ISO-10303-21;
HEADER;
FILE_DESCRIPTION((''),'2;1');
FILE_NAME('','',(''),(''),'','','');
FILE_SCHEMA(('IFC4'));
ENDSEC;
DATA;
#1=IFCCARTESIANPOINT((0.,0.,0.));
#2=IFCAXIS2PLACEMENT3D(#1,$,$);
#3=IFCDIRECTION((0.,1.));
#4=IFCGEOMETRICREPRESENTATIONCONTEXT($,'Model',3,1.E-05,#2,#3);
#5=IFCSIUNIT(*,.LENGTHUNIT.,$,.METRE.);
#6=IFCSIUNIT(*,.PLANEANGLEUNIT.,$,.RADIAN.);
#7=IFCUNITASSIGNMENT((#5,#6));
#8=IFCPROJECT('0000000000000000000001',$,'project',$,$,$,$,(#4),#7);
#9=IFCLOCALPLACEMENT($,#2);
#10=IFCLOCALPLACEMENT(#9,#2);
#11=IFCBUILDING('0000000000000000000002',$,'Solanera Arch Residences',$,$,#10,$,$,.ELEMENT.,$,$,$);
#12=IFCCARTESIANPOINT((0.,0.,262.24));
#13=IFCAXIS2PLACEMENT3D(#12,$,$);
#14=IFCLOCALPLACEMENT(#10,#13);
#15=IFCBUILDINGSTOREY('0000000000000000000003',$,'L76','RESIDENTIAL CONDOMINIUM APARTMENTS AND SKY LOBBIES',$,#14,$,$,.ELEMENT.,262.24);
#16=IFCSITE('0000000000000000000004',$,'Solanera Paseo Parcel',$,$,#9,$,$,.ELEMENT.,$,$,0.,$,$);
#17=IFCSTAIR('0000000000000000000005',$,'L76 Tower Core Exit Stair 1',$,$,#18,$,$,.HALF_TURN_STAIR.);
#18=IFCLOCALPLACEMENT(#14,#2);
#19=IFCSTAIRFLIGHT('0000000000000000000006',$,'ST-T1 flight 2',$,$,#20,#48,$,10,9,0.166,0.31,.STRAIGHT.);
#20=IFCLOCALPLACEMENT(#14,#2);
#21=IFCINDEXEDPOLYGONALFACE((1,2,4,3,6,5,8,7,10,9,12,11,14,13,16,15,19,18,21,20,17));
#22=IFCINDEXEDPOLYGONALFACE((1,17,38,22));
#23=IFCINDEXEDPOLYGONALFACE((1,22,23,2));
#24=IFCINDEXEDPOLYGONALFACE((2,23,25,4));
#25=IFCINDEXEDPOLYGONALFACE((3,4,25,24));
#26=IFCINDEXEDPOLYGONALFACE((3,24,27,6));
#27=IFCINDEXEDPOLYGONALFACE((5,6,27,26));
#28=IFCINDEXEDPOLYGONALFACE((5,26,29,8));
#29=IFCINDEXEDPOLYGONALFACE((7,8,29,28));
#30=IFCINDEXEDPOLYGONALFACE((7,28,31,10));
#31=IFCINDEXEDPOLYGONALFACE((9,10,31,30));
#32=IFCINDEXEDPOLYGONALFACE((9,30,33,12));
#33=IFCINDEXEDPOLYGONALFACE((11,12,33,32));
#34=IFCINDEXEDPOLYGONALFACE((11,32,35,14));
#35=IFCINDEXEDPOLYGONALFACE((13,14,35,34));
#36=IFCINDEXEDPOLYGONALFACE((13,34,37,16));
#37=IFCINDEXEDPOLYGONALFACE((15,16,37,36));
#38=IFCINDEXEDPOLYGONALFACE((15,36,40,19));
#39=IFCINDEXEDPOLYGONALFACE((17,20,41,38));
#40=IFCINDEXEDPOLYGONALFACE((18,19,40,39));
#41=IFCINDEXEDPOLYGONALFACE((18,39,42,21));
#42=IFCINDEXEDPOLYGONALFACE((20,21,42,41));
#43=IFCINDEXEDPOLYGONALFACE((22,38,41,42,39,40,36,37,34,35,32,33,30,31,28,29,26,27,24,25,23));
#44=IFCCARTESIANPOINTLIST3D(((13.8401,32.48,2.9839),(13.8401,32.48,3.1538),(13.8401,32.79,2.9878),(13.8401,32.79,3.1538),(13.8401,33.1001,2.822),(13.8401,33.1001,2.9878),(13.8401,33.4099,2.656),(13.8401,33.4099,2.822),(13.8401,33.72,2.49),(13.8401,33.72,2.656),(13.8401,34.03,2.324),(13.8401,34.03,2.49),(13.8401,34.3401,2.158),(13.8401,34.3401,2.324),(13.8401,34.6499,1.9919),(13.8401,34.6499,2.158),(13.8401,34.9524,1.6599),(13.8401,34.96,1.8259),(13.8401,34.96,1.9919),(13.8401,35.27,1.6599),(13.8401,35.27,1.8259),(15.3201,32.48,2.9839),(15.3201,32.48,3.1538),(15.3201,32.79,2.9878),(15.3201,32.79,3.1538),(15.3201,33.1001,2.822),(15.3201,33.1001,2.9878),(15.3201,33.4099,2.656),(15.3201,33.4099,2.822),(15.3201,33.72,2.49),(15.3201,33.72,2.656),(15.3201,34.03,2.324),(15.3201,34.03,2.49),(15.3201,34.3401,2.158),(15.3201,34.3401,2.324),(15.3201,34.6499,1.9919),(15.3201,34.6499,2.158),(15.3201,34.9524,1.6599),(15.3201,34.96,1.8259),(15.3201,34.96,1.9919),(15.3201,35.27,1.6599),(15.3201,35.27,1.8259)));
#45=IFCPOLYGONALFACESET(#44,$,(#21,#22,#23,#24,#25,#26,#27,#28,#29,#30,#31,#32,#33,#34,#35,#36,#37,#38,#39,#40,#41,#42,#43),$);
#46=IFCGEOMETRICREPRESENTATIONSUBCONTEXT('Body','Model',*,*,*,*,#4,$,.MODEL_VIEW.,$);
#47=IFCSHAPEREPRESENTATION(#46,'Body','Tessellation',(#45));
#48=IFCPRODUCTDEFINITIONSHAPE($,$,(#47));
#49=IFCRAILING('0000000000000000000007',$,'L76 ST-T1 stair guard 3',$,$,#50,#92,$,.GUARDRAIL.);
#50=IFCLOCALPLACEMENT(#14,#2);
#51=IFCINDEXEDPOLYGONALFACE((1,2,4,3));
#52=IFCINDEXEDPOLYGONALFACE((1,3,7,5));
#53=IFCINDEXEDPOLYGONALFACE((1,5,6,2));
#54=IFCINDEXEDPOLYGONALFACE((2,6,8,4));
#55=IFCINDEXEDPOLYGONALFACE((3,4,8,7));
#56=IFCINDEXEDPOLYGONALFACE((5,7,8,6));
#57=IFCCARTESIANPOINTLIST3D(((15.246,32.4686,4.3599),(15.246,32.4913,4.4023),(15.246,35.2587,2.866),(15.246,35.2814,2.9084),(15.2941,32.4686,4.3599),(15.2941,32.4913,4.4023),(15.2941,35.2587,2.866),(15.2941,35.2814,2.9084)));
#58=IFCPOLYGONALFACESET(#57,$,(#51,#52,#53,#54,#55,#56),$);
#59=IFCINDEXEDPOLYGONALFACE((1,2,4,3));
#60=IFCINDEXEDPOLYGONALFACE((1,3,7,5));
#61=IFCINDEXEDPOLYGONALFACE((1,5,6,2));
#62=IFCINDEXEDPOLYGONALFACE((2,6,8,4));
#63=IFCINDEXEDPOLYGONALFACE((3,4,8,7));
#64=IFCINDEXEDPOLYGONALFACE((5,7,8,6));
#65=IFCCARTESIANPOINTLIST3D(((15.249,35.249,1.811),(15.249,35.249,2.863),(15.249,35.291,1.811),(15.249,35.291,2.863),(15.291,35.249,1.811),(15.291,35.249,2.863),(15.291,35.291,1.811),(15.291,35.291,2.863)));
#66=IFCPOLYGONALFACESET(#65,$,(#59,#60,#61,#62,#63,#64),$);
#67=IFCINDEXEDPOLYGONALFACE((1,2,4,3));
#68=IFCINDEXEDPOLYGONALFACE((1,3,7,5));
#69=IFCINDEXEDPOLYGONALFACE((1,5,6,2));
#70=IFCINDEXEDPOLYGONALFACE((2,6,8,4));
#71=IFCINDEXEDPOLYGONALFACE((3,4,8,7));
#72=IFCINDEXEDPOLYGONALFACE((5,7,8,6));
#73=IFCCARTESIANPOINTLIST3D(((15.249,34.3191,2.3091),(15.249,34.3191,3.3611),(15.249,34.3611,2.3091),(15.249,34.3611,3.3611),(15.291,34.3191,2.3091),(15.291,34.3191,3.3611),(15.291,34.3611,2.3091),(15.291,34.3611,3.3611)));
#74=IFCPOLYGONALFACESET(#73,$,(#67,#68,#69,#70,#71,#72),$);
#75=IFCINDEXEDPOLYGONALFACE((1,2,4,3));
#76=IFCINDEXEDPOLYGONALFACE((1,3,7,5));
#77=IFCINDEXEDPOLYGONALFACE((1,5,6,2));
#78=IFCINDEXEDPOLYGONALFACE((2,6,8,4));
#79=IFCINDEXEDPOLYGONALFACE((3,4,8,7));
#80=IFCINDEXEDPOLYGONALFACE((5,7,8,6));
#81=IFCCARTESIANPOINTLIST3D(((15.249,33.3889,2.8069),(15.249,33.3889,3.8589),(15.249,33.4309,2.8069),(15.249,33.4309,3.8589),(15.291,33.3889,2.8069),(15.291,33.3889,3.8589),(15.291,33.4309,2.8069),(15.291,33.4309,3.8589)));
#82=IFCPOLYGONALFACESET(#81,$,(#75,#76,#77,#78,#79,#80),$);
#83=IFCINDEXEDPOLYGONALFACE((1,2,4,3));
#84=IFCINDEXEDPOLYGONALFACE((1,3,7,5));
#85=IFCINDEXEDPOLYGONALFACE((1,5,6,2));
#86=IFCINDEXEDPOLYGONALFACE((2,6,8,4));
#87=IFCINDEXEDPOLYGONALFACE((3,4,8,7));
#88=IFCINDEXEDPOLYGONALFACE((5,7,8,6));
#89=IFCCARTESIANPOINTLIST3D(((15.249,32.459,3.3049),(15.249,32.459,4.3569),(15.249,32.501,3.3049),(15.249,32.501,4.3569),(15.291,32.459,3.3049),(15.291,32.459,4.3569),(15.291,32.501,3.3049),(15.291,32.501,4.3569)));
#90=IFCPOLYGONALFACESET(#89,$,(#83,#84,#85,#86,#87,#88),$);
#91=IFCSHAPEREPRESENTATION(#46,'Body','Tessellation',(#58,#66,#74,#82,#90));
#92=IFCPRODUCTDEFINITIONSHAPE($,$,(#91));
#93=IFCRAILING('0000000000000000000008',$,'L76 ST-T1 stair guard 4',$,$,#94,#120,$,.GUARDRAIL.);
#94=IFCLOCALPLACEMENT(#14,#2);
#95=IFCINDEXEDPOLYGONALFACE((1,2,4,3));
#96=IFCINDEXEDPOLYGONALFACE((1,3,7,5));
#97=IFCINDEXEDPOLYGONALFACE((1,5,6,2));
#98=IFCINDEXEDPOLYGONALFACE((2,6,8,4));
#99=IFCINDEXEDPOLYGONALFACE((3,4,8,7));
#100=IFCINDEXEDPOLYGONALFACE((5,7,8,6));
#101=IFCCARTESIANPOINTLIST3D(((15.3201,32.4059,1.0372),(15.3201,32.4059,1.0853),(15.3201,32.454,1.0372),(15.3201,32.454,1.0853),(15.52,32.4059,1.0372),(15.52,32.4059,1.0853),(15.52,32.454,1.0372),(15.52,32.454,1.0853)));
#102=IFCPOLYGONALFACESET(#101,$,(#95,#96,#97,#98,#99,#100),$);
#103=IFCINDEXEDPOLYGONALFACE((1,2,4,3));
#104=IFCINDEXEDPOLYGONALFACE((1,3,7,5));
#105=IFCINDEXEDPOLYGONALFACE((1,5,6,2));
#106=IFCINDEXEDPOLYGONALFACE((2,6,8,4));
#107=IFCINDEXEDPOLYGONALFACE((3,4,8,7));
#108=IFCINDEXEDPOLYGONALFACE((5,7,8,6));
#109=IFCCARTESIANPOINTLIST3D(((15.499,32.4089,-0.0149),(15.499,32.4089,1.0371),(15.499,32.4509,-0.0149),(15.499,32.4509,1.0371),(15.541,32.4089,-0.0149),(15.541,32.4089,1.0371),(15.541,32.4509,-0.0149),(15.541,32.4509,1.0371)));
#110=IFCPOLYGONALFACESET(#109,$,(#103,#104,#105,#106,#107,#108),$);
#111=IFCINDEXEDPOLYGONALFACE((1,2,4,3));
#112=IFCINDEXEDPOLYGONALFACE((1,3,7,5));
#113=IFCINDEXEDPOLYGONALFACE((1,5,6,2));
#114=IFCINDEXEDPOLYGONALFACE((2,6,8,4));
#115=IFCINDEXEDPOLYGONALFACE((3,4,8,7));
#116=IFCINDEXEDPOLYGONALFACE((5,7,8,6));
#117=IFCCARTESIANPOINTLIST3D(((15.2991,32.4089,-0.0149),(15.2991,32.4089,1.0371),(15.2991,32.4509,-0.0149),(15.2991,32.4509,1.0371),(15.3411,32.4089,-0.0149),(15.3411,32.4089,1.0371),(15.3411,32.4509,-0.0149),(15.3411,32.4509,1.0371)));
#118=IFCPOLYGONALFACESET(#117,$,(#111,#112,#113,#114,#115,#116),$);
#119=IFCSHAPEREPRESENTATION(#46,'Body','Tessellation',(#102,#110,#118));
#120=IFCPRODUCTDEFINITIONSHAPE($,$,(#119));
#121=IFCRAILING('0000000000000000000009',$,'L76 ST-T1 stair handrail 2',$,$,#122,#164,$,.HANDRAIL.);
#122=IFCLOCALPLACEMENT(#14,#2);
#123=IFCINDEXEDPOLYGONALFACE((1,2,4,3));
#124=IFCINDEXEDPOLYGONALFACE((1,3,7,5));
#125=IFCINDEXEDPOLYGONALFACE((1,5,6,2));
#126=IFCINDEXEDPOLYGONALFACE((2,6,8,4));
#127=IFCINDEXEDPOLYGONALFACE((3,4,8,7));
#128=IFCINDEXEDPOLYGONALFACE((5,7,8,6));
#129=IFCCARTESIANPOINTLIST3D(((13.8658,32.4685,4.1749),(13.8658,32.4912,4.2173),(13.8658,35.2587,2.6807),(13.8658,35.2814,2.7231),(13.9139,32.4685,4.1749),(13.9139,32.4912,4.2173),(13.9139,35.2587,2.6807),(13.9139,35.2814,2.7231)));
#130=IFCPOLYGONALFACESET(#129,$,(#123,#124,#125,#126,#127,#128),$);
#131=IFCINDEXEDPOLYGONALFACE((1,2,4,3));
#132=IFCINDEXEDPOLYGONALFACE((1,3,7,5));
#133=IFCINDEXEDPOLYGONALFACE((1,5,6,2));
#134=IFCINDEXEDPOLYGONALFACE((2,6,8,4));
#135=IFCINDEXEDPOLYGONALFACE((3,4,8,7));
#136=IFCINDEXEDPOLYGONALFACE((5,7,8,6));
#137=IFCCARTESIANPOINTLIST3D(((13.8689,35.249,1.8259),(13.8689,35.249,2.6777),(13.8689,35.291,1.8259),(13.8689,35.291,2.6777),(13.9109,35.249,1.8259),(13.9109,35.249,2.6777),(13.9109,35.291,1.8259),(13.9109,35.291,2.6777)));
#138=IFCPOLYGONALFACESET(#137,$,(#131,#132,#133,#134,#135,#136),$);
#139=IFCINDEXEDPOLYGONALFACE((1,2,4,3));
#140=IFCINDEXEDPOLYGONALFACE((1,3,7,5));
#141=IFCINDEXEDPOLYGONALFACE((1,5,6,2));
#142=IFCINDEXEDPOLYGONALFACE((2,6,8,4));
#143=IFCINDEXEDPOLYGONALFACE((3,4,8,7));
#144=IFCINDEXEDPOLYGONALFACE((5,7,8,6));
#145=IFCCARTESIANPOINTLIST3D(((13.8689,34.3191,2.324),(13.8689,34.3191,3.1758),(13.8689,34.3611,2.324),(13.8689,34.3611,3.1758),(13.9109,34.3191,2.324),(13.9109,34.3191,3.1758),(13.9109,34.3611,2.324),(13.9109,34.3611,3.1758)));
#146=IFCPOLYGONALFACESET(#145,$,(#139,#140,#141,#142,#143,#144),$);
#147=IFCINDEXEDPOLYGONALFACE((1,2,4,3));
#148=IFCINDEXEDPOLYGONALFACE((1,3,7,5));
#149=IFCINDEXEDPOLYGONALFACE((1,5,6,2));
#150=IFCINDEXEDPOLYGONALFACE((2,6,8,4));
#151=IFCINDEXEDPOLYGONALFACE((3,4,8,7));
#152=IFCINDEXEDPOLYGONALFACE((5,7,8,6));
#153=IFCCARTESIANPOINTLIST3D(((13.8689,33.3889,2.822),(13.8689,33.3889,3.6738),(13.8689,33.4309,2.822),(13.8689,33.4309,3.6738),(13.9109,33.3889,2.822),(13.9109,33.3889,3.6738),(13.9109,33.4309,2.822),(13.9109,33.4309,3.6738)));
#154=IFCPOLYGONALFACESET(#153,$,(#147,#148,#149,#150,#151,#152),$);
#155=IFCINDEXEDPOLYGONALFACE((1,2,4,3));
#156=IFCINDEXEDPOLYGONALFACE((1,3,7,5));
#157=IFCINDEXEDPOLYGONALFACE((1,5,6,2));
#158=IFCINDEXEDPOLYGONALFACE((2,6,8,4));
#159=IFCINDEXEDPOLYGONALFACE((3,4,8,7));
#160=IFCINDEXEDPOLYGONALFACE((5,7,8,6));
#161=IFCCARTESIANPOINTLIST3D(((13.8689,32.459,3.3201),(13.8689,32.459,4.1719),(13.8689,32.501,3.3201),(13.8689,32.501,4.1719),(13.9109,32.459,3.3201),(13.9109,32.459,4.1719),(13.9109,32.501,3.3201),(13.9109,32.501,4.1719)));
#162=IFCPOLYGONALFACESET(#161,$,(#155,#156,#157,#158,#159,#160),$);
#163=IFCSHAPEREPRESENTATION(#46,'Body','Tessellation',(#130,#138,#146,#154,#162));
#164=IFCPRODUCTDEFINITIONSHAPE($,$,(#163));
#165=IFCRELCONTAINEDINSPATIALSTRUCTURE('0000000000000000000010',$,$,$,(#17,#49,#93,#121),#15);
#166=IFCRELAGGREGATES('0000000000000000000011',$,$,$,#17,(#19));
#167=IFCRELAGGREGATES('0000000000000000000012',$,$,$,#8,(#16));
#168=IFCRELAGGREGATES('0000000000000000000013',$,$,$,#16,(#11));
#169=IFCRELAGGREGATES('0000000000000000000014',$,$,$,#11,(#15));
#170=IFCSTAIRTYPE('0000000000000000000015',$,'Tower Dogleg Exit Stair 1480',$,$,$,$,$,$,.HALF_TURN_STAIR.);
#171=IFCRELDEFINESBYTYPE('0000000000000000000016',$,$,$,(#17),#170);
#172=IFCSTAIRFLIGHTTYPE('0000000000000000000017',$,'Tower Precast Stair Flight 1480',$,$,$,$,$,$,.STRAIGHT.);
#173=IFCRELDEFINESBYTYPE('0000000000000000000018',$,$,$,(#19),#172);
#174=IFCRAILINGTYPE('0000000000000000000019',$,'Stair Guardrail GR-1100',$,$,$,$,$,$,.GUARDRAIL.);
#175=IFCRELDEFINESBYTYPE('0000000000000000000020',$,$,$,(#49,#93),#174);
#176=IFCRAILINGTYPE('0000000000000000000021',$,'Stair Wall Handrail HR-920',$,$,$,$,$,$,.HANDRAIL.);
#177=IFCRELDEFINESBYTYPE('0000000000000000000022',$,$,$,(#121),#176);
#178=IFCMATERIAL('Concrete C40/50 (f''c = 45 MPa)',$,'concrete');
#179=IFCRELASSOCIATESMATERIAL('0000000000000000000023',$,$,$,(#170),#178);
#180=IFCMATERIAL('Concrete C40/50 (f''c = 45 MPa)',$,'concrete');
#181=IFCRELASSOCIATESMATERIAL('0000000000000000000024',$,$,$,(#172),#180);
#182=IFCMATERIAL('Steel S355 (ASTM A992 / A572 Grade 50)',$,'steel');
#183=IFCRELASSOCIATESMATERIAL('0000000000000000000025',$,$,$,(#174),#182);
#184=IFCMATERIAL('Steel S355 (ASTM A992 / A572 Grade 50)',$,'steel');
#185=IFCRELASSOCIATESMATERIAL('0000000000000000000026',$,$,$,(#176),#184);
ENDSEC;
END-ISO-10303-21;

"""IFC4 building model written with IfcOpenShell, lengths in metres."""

from ifc_helpers import new_model, si_unit, direction, frame, origin, origin_2d, place, context, subcontext, project, spatial, polyline, rectangle, outline, extrude, material, type_object, element, aggregate, save


model = new_model("IFC4")

# Units and contexts
model_context = context("Model", 3, precision=1e-05, world=origin(), true_north=direction((0.0, 1.0)))
body_context = subcontext(model_context, "Body", "Model", "MODEL_VIEW")
ifc_project = project(units=[si_unit("LENGTHUNIT", "METRE"), si_unit("PLANEANGLEUNIT", "RADIAN")], contexts=[model_context])

# Site, building, storey
site_placement = place(None, origin())
site = spatial("IfcSite", under=ifc_project, at=site_placement, Name="Solanera Paseo Parcel", CompositionType="ELEMENT", RefElevation=0.0)
building_placement = place(site_placement, origin())
building = spatial("IfcBuilding", under=site, at=building_placement, Name="Solanera Arch Residences", CompositionType="ELEMENT")
storey_placement = place(building_placement, frame((0.0, 0.0, 262.24)))
storey = spatial("IfcBuildingStorey", under=building, at=storey_placement, Name="L76", Description="RESIDENTIAL CONDOMINIUM APARTMENTS AND SKY LOBBIES", CompositionType="ELEMENT", Elevation=262.24)

# Stair, stair flight
ifc_material_1 = material(Name="Concrete C40/50 (f'c = 45 MPa)", Category="concrete")
stair_type = type_object("IfcStairType", Name="Tower Dogleg Exit Stair 1480", PredefinedType="HALF_TURN_STAIR", material=ifc_material_1)
stair_placement = place(storey_placement, origin())
stair = element("IfcStair", 1, at=stair_placement, inside=storey, type_object=stair_type, Name="L76 Tower Core Exit Stair 1", PredefinedType="HALF_TURN_STAIR")
ifc_material_2 = material(Name="Concrete C40/50 (f'c = 45 MPa)", Category="concrete")
stair_flight_type = type_object("IfcStairFlightType", Name="Tower Precast Stair Flight 1480", PredefinedType="STRAIGHT", material=ifc_material_2)
stair_flight_placement = place(storey_placement, frame((14.5801, 35.27, 1.6599), z_axis=(0.0, 0.0, 1.0), x_axis=(0.0, -1.0, 0.0)))
stair_flight = element("IfcStairFlight", 2, at=stair_flight_placement, type_object=stair_flight_type, Name="ST-T1 flight 2", NumberOfRisers=10, NumberOfTreads=9, PredefinedType="STRAIGHT", RiserHeight=0.166, TreadLength=0.31, context=body_context, shape_type="SweptSolid", body=[
    extrude(outline(polyline([(0.0, 0.0), (0.0, 0.166), (0.3101, 0.166), (0.3101, 0.332), (0.6201, 0.332), (0.6201, 0.498), (0.9299, 0.498), (0.9299, 0.6641), (1.24, 0.6641), (1.24, 0.8301), (1.55, 0.8301), (1.55, 0.9961), (1.8601, 0.9961), (1.8601, 1.1621), (2.1699, 1.1621), (2.1699, 1.3279), (2.48, 1.3279), (2.48, 1.4939), (2.79, 1.4939), (2.79, 1.6599), (2.79, 1.324), (0.3176, 0.0), (0.0, 0.0)])), frame((0.0, 0.74, 0.0), z_axis=(0.0, -1.0, 0.0), x_axis=(1.0, 0.0, 0.0)), (0.0, 0.0, 1.0), 1.48),
])
aggregate(stair, [stair_flight])

# Railings
ifc_material_3 = material(Name="Steel S355 (ASTM A992 / A572 Grade 50)", Category="steel")
railing_type_1 = type_object("IfcRailingType", Name="Stair Guardrail GR-1100", PredefinedType="GUARDRAIL", material=ifc_material_3)
railing_1_placement = place(storey_placement, frame((15.27, 35.27, 1.811)))
element("IfcRailing", 3, at=railing_1_placement, inside=storey, type_object=railing_type_1, Name="L76 ST-T1 stair guard 3", PredefinedType="GUARDRAIL", context=body_context, shape_type="SweptSolid", body=[
    extrude(rectangle(XDim=0.0481, YDim=0.0481, at=origin_2d()), frame((0.0, 0.0, 1.0762), z_axis=(0.0, -0.881581, 0.472033), x_axis=(1.0, 0.0, 0.0)), (0.0, 0.0, 1.0), 3.1648),
    extrude(rectangle(XDim=0.042, YDim=0.042, at=origin_2d()), origin(), (0.0, 0.0, 1.0), 1.052),
    extrude(rectangle(XDim=0.042, YDim=0.042, at=origin_2d()), frame((0.0, -0.9299, 0.498)), (0.0, 0.0, 1.0), 1.052),
    extrude(rectangle(XDim=0.042, YDim=0.042, at=origin_2d()), frame((0.0, -1.8601, 0.9958)), (0.0, 0.0, 1.0), 1.052),
    extrude(rectangle(XDim=0.042, YDim=0.042, at=origin_2d()), frame((0.0, -2.79, 1.4939)), (0.0, 0.0, 1.0), 1.052),
])
railing_2_placement = place(storey_placement, frame((15.52, 32.4299, -0.0149)))
element("IfcRailing", 4, at=railing_2_placement, inside=storey, type_object=railing_type_1, Name="L76 ST-T1 stair guard 4", PredefinedType="GUARDRAIL", context=body_context, shape_type="SweptSolid", body=[
    extrude(rectangle(XDim=0.0481, YDim=0.0481, at=origin_2d()), frame((0.0, 0.0, 1.0762), z_axis=(-1.0, 0.0, 0.0), x_axis=(0.0, -1.0, 0.0)), (0.0, 0.0, 1.0), 0.2),
    extrude(rectangle(XDim=0.042, YDim=0.042, at=origin_2d()), origin(), (0.0, 0.0, 1.0), 1.052),
    extrude(rectangle(XDim=0.042, YDim=0.042, at=origin_2d()), frame((-0.2, 0.0, 0.0)), (0.0, 0.0, 1.0), 1.052),
])
ifc_material_4 = material(Name="Steel S355 (ASTM A992 / A572 Grade 50)", Category="steel")
railing_type_2 = type_object("IfcRailingType", Name="Stair Wall Handrail HR-920", PredefinedType="HANDRAIL", material=ifc_material_4)
railing_3_placement = place(storey_placement, frame((13.8899, 35.27, 1.8259)))
element("IfcRailing", 5, at=railing_3_placement, inside=storey, type_object=railing_type_2, Name="L76 ST-T1 stair handrail 2", PredefinedType="HANDRAIL", context=body_context, shape_type="SweptSolid", body=[
    extrude(rectangle(XDim=0.0481, YDim=0.0481, at=origin_2d()), frame((0.0, 0.0, 0.876), z_axis=(0.0, -0.881549, 0.472093), x_axis=(1.0, 0.0, 0.0)), (0.0, 0.0, 1.0), 3.165),
    extrude(rectangle(XDim=0.042, YDim=0.042, at=origin_2d()), origin(), (0.0, 0.0, 1.0), 0.8518),
    extrude(rectangle(XDim=0.042, YDim=0.042, at=origin_2d()), frame((0.0, -0.9299, 0.498)), (0.0, 0.0, 1.0), 0.8518),
    extrude(rectangle(XDim=0.042, YDim=0.042, at=origin_2d()), frame((0.0, -1.8601, 0.9961)), (0.0, 0.0, 1.0), 0.8518),
    extrude(rectangle(XDim=0.042, YDim=0.042, at=origin_2d()), frame((0.0, -2.79, 1.4941)), (0.0, 0.0, 1.0), 0.8518),
])

save(model, "model.ifc")
